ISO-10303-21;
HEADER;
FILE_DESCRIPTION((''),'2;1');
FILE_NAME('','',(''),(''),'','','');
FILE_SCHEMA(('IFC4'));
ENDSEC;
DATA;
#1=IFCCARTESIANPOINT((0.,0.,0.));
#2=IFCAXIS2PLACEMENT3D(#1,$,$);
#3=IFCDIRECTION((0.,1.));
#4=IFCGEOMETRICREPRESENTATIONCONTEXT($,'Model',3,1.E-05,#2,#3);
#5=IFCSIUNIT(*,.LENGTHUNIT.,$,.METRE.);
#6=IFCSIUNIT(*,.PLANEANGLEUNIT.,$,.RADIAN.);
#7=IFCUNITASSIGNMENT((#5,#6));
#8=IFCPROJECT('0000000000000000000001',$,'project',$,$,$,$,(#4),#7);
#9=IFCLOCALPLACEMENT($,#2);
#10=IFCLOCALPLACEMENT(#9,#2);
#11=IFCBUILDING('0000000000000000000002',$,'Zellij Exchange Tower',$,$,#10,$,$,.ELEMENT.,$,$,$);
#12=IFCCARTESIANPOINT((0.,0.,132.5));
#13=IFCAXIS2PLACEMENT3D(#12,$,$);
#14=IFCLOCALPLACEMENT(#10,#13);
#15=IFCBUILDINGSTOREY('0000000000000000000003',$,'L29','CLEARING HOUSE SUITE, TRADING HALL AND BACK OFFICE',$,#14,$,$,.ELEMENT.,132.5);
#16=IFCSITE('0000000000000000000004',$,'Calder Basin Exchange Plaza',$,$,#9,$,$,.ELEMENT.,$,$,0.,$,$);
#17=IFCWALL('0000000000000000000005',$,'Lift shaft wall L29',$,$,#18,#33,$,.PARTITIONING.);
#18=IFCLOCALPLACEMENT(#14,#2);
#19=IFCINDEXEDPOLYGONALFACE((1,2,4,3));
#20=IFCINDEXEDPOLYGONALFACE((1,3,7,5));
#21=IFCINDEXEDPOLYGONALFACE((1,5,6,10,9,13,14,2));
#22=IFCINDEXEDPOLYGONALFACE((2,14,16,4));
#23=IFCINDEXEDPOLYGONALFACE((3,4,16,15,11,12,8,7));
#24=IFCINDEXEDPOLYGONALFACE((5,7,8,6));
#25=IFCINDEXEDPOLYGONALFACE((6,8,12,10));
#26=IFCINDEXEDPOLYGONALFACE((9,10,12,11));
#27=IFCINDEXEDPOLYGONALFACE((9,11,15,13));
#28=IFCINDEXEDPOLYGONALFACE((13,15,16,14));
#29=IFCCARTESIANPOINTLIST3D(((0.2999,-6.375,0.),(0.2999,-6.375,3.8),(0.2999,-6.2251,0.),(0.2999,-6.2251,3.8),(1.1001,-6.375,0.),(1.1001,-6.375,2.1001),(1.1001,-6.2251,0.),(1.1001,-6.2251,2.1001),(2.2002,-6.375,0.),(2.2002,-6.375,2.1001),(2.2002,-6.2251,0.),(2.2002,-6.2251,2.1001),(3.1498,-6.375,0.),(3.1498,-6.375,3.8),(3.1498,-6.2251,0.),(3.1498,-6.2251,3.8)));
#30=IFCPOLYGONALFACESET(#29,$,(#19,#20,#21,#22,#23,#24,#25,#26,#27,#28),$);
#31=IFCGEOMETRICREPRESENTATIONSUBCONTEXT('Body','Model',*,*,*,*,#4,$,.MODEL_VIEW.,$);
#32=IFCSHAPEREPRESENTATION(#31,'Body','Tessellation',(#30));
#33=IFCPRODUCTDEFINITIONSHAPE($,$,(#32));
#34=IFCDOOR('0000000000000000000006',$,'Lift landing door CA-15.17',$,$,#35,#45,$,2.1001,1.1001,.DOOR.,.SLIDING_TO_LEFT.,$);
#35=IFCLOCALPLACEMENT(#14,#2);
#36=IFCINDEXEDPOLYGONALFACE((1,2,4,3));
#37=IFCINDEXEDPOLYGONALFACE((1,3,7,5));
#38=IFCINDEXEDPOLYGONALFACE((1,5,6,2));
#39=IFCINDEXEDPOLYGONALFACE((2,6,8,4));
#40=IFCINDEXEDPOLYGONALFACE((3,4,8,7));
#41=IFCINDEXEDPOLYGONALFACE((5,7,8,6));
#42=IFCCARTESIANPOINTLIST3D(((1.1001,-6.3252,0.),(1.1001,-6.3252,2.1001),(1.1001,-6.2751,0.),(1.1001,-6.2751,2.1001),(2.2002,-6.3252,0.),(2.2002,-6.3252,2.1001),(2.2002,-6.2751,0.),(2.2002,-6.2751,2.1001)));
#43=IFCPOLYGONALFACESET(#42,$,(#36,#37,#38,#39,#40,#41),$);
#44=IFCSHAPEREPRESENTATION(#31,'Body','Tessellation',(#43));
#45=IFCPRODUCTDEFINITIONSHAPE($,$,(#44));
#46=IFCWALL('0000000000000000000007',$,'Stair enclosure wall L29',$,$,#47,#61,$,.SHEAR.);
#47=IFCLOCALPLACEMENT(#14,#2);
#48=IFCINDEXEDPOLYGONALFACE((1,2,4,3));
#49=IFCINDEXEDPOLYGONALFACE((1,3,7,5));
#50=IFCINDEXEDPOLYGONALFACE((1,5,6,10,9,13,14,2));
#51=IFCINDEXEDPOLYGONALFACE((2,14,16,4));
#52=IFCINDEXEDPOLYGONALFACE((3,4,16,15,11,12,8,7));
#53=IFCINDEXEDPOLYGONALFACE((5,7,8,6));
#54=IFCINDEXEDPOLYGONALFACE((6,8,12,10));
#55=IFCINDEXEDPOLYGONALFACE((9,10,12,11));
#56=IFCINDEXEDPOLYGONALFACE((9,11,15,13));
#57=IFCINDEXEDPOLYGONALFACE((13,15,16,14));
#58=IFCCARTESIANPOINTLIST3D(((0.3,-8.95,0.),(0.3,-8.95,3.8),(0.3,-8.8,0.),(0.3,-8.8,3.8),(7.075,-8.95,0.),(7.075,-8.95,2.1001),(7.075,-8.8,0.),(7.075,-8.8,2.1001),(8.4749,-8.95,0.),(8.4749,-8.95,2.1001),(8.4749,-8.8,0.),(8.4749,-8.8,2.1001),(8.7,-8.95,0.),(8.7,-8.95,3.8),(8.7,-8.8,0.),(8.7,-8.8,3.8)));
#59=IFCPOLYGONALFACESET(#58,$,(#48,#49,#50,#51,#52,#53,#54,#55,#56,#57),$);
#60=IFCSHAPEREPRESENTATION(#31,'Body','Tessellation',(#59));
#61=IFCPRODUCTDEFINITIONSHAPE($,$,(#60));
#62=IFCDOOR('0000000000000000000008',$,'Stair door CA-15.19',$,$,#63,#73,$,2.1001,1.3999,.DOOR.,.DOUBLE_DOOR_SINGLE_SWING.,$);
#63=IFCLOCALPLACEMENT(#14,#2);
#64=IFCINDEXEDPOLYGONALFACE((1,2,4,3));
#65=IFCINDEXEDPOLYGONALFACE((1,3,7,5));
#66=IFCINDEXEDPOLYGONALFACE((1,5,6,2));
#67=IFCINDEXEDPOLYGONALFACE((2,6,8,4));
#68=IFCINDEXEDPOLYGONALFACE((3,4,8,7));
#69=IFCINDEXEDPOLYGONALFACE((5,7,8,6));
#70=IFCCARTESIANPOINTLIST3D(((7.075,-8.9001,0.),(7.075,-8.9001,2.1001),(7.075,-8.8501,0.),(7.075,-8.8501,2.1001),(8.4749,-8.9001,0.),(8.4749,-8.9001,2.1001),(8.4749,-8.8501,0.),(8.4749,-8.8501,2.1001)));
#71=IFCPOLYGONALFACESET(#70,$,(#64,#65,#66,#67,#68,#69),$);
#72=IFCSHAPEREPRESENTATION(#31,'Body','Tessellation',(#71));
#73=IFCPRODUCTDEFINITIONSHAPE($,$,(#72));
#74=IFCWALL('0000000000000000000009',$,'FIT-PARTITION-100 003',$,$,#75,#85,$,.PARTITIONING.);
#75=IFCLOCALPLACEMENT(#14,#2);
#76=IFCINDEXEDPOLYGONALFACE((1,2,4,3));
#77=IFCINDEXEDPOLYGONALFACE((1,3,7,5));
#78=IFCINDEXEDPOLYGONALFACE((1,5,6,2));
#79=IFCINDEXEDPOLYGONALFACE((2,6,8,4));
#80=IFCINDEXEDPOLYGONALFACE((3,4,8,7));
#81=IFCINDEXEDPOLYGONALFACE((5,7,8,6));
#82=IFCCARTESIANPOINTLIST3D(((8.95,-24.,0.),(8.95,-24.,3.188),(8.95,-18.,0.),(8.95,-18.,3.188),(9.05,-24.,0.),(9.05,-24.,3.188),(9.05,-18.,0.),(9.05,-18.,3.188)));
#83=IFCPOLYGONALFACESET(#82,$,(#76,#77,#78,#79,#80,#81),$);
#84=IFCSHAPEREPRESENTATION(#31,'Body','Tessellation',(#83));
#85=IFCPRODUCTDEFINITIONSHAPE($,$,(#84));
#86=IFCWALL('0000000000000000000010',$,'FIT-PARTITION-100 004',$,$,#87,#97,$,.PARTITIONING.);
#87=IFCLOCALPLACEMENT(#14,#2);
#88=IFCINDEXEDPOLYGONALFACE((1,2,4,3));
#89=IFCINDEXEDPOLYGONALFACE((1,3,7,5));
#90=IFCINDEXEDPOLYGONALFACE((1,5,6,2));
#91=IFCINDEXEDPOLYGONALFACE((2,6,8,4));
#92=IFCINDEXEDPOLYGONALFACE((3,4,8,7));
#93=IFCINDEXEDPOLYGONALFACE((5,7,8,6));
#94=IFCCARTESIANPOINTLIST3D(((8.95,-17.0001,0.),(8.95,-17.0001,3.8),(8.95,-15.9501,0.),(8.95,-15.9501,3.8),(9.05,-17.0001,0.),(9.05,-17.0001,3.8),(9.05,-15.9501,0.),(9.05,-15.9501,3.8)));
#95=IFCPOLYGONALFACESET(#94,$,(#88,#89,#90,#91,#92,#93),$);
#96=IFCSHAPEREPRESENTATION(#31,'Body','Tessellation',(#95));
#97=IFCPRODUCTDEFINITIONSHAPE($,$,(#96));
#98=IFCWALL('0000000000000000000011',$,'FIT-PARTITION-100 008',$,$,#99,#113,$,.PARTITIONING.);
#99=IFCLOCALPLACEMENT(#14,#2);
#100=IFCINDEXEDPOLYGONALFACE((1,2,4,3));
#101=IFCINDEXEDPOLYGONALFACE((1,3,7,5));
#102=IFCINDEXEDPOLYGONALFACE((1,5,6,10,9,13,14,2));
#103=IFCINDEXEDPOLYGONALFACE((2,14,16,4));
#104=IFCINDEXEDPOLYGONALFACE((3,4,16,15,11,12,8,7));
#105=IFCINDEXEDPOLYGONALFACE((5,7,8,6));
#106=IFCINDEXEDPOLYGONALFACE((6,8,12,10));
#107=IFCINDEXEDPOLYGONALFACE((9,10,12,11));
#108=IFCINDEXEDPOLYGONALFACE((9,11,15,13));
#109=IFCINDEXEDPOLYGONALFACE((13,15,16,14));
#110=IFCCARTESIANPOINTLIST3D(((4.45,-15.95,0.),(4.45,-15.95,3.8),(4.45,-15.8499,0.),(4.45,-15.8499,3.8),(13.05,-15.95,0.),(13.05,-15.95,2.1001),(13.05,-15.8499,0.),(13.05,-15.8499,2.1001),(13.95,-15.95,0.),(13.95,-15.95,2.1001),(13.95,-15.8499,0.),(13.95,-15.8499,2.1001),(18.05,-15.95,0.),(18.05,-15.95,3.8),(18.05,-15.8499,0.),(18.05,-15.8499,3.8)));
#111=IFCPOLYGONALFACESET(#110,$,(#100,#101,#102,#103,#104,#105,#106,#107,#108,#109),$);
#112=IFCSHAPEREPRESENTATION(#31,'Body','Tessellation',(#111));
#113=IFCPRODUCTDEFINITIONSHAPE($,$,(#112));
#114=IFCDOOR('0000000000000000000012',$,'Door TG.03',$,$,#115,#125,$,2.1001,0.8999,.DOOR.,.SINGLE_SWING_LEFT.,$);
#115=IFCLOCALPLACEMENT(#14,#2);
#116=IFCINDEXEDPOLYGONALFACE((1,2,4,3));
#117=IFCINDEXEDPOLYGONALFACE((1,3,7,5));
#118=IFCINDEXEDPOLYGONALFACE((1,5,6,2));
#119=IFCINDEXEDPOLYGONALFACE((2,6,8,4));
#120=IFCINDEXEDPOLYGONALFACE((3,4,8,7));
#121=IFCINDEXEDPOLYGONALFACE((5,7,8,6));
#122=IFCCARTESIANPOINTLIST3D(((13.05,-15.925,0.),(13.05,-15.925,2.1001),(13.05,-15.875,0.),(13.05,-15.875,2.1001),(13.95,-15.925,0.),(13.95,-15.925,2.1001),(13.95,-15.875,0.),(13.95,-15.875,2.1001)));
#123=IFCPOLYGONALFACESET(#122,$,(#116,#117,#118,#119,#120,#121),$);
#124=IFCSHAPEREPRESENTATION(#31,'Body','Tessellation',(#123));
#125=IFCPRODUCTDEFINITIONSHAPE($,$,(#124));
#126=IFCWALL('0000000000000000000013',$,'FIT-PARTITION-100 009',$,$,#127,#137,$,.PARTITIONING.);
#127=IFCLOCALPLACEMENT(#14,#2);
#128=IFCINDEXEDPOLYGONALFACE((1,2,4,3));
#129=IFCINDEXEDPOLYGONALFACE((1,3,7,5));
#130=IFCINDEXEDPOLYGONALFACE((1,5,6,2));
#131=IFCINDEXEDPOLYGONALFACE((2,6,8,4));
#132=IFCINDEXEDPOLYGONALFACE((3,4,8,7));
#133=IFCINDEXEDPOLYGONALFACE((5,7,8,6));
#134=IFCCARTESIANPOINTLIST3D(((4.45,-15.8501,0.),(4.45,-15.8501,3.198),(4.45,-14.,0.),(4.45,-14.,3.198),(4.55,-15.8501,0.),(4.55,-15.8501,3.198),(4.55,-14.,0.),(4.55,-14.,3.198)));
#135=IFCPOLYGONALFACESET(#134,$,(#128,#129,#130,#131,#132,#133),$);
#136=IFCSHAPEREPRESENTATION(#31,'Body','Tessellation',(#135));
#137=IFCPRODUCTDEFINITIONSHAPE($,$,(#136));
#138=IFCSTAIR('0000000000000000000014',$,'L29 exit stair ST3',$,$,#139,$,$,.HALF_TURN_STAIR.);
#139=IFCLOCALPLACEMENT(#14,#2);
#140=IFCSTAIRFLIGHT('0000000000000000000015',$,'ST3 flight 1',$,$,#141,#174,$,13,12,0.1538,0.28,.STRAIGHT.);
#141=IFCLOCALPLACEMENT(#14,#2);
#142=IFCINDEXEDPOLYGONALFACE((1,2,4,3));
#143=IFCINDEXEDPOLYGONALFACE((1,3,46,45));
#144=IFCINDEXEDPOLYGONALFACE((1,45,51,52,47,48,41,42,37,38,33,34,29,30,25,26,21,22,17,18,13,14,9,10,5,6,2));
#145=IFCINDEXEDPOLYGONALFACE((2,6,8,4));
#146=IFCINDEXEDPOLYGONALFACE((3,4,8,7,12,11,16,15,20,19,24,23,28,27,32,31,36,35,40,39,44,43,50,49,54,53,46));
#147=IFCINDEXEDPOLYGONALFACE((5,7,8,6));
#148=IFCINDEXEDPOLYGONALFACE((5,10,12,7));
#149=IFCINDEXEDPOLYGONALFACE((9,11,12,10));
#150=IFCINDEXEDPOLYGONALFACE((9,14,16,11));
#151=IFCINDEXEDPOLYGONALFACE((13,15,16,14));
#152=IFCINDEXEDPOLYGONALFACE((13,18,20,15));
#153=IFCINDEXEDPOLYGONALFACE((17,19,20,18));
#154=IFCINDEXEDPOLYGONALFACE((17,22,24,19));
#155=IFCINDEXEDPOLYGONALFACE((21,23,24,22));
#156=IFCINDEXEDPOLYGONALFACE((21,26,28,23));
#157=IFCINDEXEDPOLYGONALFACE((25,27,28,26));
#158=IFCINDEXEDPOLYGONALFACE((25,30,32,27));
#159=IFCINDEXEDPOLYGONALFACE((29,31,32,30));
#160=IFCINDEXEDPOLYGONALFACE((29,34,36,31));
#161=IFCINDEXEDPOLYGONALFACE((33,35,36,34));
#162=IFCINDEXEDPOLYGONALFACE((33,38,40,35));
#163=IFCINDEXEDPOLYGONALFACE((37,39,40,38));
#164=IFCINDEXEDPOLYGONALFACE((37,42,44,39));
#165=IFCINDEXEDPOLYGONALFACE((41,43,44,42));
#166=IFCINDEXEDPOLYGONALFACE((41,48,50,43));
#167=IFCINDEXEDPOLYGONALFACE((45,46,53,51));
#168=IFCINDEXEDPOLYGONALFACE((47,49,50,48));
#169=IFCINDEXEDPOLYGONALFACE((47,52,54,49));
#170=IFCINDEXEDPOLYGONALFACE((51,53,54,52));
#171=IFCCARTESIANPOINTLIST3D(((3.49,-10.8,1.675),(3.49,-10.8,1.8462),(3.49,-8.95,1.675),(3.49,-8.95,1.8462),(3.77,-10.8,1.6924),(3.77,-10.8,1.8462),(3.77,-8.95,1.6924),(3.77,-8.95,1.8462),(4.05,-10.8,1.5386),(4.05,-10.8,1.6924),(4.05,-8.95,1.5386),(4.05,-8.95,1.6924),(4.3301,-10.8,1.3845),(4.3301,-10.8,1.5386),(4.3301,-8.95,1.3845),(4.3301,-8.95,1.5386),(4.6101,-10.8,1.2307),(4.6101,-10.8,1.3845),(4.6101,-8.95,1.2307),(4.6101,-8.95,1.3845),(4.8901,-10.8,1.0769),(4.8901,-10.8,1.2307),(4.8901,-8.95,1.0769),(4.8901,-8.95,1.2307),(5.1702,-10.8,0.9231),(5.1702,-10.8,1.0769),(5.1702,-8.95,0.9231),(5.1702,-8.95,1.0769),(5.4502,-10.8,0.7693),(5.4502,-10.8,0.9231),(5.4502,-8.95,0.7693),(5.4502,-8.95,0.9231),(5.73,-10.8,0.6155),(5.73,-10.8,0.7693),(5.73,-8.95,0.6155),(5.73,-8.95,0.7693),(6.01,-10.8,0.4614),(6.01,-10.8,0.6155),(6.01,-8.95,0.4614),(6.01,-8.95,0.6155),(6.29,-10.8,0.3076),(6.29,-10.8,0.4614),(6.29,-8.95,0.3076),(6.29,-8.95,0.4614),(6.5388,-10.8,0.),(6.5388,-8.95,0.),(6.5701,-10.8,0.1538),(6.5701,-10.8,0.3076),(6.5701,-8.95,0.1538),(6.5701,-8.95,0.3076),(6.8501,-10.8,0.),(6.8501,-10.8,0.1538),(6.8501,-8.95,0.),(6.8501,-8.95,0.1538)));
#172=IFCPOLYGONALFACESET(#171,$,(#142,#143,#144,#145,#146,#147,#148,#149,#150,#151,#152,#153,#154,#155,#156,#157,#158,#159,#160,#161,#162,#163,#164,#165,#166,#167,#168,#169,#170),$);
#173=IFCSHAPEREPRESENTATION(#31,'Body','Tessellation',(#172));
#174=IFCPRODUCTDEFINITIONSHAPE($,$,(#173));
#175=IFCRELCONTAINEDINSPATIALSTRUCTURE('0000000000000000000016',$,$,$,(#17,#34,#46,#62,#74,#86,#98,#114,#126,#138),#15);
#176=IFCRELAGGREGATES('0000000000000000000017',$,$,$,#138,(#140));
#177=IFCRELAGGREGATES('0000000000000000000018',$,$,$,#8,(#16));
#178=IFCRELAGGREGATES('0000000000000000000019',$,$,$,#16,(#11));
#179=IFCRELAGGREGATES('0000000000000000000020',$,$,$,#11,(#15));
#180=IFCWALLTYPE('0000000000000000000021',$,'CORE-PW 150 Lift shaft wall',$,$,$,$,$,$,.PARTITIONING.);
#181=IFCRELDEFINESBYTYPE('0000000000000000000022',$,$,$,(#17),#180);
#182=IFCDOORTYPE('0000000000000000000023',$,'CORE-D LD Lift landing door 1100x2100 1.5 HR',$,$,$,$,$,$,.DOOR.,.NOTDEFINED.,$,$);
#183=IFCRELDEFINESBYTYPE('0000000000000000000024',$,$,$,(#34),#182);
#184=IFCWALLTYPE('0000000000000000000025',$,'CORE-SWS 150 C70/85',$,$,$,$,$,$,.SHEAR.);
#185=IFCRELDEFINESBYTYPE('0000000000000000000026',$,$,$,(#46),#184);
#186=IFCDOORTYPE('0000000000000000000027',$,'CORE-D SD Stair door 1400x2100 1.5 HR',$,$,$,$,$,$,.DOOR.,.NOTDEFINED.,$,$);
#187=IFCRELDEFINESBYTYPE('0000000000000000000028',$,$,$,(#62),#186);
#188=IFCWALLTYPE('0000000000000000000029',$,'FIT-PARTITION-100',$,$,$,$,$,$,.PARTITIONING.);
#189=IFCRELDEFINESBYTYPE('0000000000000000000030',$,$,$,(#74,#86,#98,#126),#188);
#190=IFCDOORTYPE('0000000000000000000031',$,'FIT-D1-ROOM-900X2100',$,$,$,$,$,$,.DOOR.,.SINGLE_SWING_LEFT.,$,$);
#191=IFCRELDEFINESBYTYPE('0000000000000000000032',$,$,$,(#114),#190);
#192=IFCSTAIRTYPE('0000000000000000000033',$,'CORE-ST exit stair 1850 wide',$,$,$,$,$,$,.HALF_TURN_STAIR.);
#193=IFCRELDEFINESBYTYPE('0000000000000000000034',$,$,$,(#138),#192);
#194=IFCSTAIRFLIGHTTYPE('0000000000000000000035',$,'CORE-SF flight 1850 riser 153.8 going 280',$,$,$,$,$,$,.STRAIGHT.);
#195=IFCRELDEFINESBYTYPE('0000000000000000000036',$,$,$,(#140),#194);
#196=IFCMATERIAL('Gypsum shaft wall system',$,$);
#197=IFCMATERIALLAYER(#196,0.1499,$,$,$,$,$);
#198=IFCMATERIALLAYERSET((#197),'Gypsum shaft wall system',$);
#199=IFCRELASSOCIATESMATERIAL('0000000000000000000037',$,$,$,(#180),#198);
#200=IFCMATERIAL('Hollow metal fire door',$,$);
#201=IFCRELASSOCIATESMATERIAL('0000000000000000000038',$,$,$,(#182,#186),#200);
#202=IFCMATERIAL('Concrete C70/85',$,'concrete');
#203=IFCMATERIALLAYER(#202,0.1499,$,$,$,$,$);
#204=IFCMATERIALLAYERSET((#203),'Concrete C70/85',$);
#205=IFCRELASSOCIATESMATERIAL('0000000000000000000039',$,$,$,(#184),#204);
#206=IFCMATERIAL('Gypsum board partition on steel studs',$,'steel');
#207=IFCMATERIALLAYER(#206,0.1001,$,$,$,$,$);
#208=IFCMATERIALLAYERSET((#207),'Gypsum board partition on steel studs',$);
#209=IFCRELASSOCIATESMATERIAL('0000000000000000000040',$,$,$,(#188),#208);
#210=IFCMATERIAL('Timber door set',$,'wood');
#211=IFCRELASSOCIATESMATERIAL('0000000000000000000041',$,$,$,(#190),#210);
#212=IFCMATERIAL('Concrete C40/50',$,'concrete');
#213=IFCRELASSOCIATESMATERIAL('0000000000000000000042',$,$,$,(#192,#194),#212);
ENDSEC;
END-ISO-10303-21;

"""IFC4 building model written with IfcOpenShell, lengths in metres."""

from ifc_helpers import new_model, si_unit, direction, frame, frame_2d, origin, place, context, subcontext, project, spatial, polyline, rectangle, outline, extrude, material, layer, layer_set, type_object, element, fill, aggregate, save


model = new_model("IFC4")

# Units and contexts
model_context = context("Model", 3, precision=1e-05, world=origin(), true_north=direction((0.0, 1.0)))
body_context = subcontext(model_context, "Body", "Model", "MODEL_VIEW")
ifc_project = project(units=[si_unit("LENGTHUNIT", "METRE"), si_unit("PLANEANGLEUNIT", "RADIAN")], contexts=[model_context])

# Site, building, storey
site_placement = place(None, origin())
site = spatial("IfcSite", under=ifc_project, at=site_placement, Name="Calder Basin Exchange Plaza", CompositionType="ELEMENT", RefElevation=0.0)
building_placement = place(site_placement, origin())
building = spatial("IfcBuilding", under=site, at=building_placement, Name="Zellij Exchange Tower", CompositionType="ELEMENT")
storey_placement = place(building_placement, frame((0.0, 0.0, 132.5)))
storey = spatial("IfcBuildingStorey", under=building, at=storey_placement, Name="L29", Description="CLEARING HOUSE SUITE, TRADING HALL AND BACK OFFICE", CompositionType="ELEMENT", Elevation=132.5)

# Shared definitions
ifc_material_1 = material(Name="Concrete C70/85", Category="concrete")

# Shared definitions
ifc_material_2 = material(Name="Gypsum shaft wall system")
ifc_material_3 = material(Name="Hollow metal fire door")

# Shared definitions
ifc_layer_1 = layer(ifc_material_2, 0.1499)
ifc_layer_set_1 = layer_set([ifc_layer_1], Name="Gypsum shaft wall system")
wall_type_1 = type_object("IfcWallType", Name="CORE-PW 150 Lift shaft wall", PredefinedType="PARTITIONING", material=ifc_layer_set_1)

# Walls, openings, doors
wall_1_placement = place(storey_placement, frame((0.3, -6.3, 0.0), z_axis=(0.0, 0.0, 1.0), x_axis=(1.0, 0.0, 0.0)))
wall_1 = element("IfcWall", 1, at=wall_1_placement, inside=storey, type_object=wall_type_1, Name="Lift shaft wall L29", PredefinedType="PARTITIONING", context=body_context, shape_type="SweptSolid", body=[
    extrude(rectangle(XDim=2.8499, YDim=0.1499, at=frame_2d((1.4248, 0.0))), origin(), (0.0, 0.0, 1.0), 3.8),
])
opening_1_placement = place(wall_1_placement, frame((0.8, 0.0, 0.0)))
opening_1 = element("IfcOpeningElement", 2, at=opening_1_placement, cuts=wall_1, PredefinedType="OPENING", context=body_context, shape_type="SweptSolid", body=[
    extrude(rectangle(XDim=1.1001, YDim=2.1001, at=frame_2d((0.55, 1.05))), frame((0.0, 0.0869, 0.0), z_axis=(0.0, -1.0, 0.0), x_axis=(1.0, 0.0, 0.0)), (0.0, 0.0, 1.0), 0.1738),
])
door_type_1 = type_object("IfcDoorType", Name="CORE-D LD Lift landing door 1100x2100 1.5 HR", OperationType="NOTDEFINED", PredefinedType="DOOR", material=ifc_material_3)
door_1_placement = place(opening_1_placement, origin())
door_1 = element("IfcDoor", 3, at=door_1_placement, inside=storey, type_object=door_type_1, Name="Lift landing door CA-15.17", OperationType="SLIDING_TO_LEFT", OverallHeight=2.1001, OverallWidth=1.1001, PredefinedType="DOOR", context=body_context, shape_type="SweptSolid", body=[
    extrude(rectangle(XDim=1.1001, YDim=2.1001, at=frame_2d((0.55, 1.05))), frame((0.0, 0.0249, 0.0), z_axis=(0.0, -1.0, 0.0), x_axis=(1.0, 0.0, 0.0)), (0.0, 0.0, 1.0), 0.05),
])
fill(opening_1, door_1)
ifc_layer_2 = layer(ifc_material_1, 0.1499)
ifc_layer_set_2 = layer_set([ifc_layer_2], Name="Concrete C70/85")
wall_type_2 = type_object("IfcWallType", Name="CORE-SWS 150 C70/85", PredefinedType="SHEAR", material=ifc_layer_set_2)
wall_2_placement = place(storey_placement, frame((0.3, -8.875, 0.0), z_axis=(0.0, 0.0, 1.0), x_axis=(1.0, 0.0, 0.0)))
wall_2 = element("IfcWall", 4, at=wall_2_placement, inside=storey, type_object=wall_type_2, Name="Stair enclosure wall L29", PredefinedType="SHEAR", context=body_context, shape_type="SweptSolid", body=[
    extrude(rectangle(XDim=8.3999, YDim=0.1499, at=frame_2d((4.2, 0.0))), origin(), (0.0, 0.0, 1.0), 3.8),
])
opening_2_placement = place(wall_2_placement, frame((6.7749, 0.0, 0.0)))
opening_2 = element("IfcOpeningElement", 5, at=opening_2_placement, cuts=wall_2, PredefinedType="OPENING", context=body_context, shape_type="SweptSolid", body=[
    extrude(rectangle(XDim=1.3999, YDim=2.1001, at=frame_2d((0.7, 1.05))), frame((0.0, 0.0869, 0.0), z_axis=(0.0, -1.0, 0.0), x_axis=(1.0, 0.0, 0.0)), (0.0, 0.0, 1.0), 0.1738),
])
door_type_2 = type_object("IfcDoorType", Name="CORE-D SD Stair door 1400x2100 1.5 HR", OperationType="NOTDEFINED", PredefinedType="DOOR", material=ifc_material_3)
door_2_placement = place(opening_2_placement, origin())
door_2 = element("IfcDoor", 6, at=door_2_placement, inside=storey, type_object=door_type_2, Name="Stair door CA-15.19", OperationType="DOUBLE_DOOR_SINGLE_SWING", OverallHeight=2.1001, OverallWidth=1.3999, PredefinedType="DOOR", context=body_context, shape_type="SweptSolid", body=[
    extrude(rectangle(XDim=1.3999, YDim=2.1001, at=frame_2d((0.7, 1.05))), frame((0.0, 0.0249, 0.0), z_axis=(0.0, -1.0, 0.0), x_axis=(1.0, 0.0, 0.0)), (0.0, 0.0, 1.0), 0.05),
])
fill(opening_2, door_2)

# Walls
ifc_material_4 = material(Name="Gypsum board partition on steel studs", Category="steel")
ifc_layer_3 = layer(ifc_material_4, 0.1001)
ifc_layer_set_3 = layer_set([ifc_layer_3], Name="Gypsum board partition on steel studs")
wall_type_3 = type_object("IfcWallType", Name="FIT-PARTITION-100", PredefinedType="PARTITIONING", material=ifc_layer_set_3)
wall_3_placement = place(storey_placement, frame((9.0, -24.0, 0.0), z_axis=(0.0, 0.0, 1.0), x_axis=(0.0, 1.0, 0.0)))
element("IfcWall", 7, at=wall_3_placement, inside=storey, type_object=wall_type_3, Name="FIT-PARTITION-100 003", PredefinedType="PARTITIONING", context=body_context, shape_type="SweptSolid", body=[
    extrude(rectangle(XDim=6.0, YDim=0.1001, at=frame_2d((3.0, 0.0))), origin(), (0.0, 0.0, 1.0), 3.188),
])
wall_4_placement = place(storey_placement, frame((9.0, -17.0, 0.0), z_axis=(0.0, 0.0, 1.0), x_axis=(0.0, 1.0, 0.0)))
element("IfcWall", 8, at=wall_4_placement, inside=storey, type_object=wall_type_3, Name="FIT-PARTITION-100 004", PredefinedType="PARTITIONING", context=body_context, shape_type="SweptSolid", body=[
    extrude(rectangle(XDim=1.05, YDim=0.1001, at=frame_2d((0.5249, 0.0))), origin(), (0.0, 0.0, 1.0), 3.8),
])

# Wall, opening, door
wall_5_placement = place(storey_placement, frame((4.45, -15.8999, 0.0), z_axis=(0.0, 0.0, 1.0), x_axis=(1.0, 0.0, 0.0)))
wall_5 = element("IfcWall", 9, at=wall_5_placement, inside=storey, type_object=wall_type_3, Name="FIT-PARTITION-100 008", PredefinedType="PARTITIONING", context=body_context, shape_type="SweptSolid", body=[
    extrude(rectangle(XDim=13.6001, YDim=0.1001, at=frame_2d((6.8, 0.0))), origin(), (0.0, 0.0, 1.0), 3.8),
])
opening_3_placement = place(wall_5_placement, frame((8.6001, 0.0, 0.0)))
opening_3 = element("IfcOpeningElement", 10, at=opening_3_placement, cuts=wall_5, PredefinedType="OPENING", context=body_context, shape_type="SweptSolid", body=[
    extrude(rectangle(XDim=0.8999, YDim=2.1001, at=frame_2d((0.45, 1.05))), frame((0.0, 0.062, 0.0), z_axis=(0.0, -1.0, 0.0), x_axis=(1.0, 0.0, 0.0)), (0.0, 0.0, 1.0), 0.124),
])
ifc_material_5 = material(Name="Timber door set", Category="wood")
door_type_3 = type_object("IfcDoorType", Name="FIT-D1-ROOM-900X2100", OperationType="SINGLE_SWING_LEFT", PredefinedType="DOOR", material=ifc_material_5)
door_3_placement = place(opening_3_placement, origin())
door_3 = element("IfcDoor", 11, at=door_3_placement, inside=storey, type_object=door_type_3, Name="Door TG.03", OperationType="SINGLE_SWING_LEFT", OverallHeight=2.1001, OverallWidth=0.8999, PredefinedType="DOOR", context=body_context, shape_type="SweptSolid", body=[
    extrude(rectangle(XDim=0.8999, YDim=2.1001, at=frame_2d((0.45, 1.05))), frame((0.0, 0.0249, 0.0), z_axis=(0.0, -1.0, 0.0), x_axis=(1.0, 0.0, 0.0)), (0.0, 0.0, 1.0), 0.05),
])
fill(opening_3, door_3)

# Wall
wall_6_placement = place(storey_placement, frame((4.5, -15.8501, 0.0), z_axis=(0.0, 0.0, 1.0), x_axis=(0.0, 1.0, 0.0)))
element("IfcWall", 12, at=wall_6_placement, inside=storey, type_object=wall_type_3, Name="FIT-PARTITION-100 009", PredefinedType="PARTITIONING", context=body_context, shape_type="SweptSolid", body=[
    extrude(rectangle(XDim=1.8501, YDim=0.1001, at=frame_2d((0.925, 0.0))), origin(), (0.0, 0.0, 1.0), 3.198),
])

# Stair, stair flight
ifc_material_6 = material(Name="Concrete C40/50", Category="concrete")
stair_type = type_object("IfcStairType", Name="CORE-ST exit stair 1850 wide", PredefinedType="HALF_TURN_STAIR", material=ifc_material_6)
stair_placement = place(storey_placement, origin())
stair = element("IfcStair", 13, at=stair_placement, inside=storey, type_object=stair_type, Name="L29 exit stair ST3", PredefinedType="HALF_TURN_STAIR")
stair_flight_type = type_object("IfcStairFlightType", Name="CORE-SF flight 1850 riser 153.8 going 280", PredefinedType="STRAIGHT", material=ifc_material_6)
stair_flight_1_placement = place(storey_placement, frame((6.8501, -9.875, 0.0), z_axis=(0.0, 0.0, 1.0), x_axis=(-1.0, 0.0, 0.0)))
stair_flight_1 = element("IfcStairFlight", 14, at=stair_flight_1_placement, type_object=stair_flight_type, Name="ST3 flight 1", NumberOfRisers=13, NumberOfTreads=12, PredefinedType="STRAIGHT", RiserHeight=0.1538, TreadLength=0.28, context=body_context, shape_type="SweptSolid", body=[
    extrude(outline(polyline([(0.0, 0.0), (0.0, 0.1538), (0.28, 0.1538), (0.28, 0.3076), (0.5601, 0.3076), (0.5601, 0.4614), (0.8401, 0.4614), (0.8401, 0.6155), (1.1201, 0.6155), (1.1201, 0.7693), (1.3999, 0.7693), (1.3999, 0.9231), (1.6799, 0.9231), (1.6799, 1.0769), (1.96, 1.0769), (1.96, 1.2307), (2.24, 1.2307), (2.24, 1.3845), (2.52, 1.3845), (2.52, 1.5386), (2.8, 1.5386), (2.8, 1.6924), (3.0801, 1.6924), (3.0801, 1.8462), (3.3601, 1.8462), (3.3601, 2.0), (3.3601, 1.675), (0.3113, 0.0), (0.0, 0.0)])), frame((0.0, 0.925, 0.0), z_axis=(0.0, -1.0, 0.0), x_axis=(1.0, 0.0, 0.0)), (0.0, 0.0, 1.0), 1.8501),
])
aggregate(stair, [stair_flight_1])

save(model, "model.ifc")
